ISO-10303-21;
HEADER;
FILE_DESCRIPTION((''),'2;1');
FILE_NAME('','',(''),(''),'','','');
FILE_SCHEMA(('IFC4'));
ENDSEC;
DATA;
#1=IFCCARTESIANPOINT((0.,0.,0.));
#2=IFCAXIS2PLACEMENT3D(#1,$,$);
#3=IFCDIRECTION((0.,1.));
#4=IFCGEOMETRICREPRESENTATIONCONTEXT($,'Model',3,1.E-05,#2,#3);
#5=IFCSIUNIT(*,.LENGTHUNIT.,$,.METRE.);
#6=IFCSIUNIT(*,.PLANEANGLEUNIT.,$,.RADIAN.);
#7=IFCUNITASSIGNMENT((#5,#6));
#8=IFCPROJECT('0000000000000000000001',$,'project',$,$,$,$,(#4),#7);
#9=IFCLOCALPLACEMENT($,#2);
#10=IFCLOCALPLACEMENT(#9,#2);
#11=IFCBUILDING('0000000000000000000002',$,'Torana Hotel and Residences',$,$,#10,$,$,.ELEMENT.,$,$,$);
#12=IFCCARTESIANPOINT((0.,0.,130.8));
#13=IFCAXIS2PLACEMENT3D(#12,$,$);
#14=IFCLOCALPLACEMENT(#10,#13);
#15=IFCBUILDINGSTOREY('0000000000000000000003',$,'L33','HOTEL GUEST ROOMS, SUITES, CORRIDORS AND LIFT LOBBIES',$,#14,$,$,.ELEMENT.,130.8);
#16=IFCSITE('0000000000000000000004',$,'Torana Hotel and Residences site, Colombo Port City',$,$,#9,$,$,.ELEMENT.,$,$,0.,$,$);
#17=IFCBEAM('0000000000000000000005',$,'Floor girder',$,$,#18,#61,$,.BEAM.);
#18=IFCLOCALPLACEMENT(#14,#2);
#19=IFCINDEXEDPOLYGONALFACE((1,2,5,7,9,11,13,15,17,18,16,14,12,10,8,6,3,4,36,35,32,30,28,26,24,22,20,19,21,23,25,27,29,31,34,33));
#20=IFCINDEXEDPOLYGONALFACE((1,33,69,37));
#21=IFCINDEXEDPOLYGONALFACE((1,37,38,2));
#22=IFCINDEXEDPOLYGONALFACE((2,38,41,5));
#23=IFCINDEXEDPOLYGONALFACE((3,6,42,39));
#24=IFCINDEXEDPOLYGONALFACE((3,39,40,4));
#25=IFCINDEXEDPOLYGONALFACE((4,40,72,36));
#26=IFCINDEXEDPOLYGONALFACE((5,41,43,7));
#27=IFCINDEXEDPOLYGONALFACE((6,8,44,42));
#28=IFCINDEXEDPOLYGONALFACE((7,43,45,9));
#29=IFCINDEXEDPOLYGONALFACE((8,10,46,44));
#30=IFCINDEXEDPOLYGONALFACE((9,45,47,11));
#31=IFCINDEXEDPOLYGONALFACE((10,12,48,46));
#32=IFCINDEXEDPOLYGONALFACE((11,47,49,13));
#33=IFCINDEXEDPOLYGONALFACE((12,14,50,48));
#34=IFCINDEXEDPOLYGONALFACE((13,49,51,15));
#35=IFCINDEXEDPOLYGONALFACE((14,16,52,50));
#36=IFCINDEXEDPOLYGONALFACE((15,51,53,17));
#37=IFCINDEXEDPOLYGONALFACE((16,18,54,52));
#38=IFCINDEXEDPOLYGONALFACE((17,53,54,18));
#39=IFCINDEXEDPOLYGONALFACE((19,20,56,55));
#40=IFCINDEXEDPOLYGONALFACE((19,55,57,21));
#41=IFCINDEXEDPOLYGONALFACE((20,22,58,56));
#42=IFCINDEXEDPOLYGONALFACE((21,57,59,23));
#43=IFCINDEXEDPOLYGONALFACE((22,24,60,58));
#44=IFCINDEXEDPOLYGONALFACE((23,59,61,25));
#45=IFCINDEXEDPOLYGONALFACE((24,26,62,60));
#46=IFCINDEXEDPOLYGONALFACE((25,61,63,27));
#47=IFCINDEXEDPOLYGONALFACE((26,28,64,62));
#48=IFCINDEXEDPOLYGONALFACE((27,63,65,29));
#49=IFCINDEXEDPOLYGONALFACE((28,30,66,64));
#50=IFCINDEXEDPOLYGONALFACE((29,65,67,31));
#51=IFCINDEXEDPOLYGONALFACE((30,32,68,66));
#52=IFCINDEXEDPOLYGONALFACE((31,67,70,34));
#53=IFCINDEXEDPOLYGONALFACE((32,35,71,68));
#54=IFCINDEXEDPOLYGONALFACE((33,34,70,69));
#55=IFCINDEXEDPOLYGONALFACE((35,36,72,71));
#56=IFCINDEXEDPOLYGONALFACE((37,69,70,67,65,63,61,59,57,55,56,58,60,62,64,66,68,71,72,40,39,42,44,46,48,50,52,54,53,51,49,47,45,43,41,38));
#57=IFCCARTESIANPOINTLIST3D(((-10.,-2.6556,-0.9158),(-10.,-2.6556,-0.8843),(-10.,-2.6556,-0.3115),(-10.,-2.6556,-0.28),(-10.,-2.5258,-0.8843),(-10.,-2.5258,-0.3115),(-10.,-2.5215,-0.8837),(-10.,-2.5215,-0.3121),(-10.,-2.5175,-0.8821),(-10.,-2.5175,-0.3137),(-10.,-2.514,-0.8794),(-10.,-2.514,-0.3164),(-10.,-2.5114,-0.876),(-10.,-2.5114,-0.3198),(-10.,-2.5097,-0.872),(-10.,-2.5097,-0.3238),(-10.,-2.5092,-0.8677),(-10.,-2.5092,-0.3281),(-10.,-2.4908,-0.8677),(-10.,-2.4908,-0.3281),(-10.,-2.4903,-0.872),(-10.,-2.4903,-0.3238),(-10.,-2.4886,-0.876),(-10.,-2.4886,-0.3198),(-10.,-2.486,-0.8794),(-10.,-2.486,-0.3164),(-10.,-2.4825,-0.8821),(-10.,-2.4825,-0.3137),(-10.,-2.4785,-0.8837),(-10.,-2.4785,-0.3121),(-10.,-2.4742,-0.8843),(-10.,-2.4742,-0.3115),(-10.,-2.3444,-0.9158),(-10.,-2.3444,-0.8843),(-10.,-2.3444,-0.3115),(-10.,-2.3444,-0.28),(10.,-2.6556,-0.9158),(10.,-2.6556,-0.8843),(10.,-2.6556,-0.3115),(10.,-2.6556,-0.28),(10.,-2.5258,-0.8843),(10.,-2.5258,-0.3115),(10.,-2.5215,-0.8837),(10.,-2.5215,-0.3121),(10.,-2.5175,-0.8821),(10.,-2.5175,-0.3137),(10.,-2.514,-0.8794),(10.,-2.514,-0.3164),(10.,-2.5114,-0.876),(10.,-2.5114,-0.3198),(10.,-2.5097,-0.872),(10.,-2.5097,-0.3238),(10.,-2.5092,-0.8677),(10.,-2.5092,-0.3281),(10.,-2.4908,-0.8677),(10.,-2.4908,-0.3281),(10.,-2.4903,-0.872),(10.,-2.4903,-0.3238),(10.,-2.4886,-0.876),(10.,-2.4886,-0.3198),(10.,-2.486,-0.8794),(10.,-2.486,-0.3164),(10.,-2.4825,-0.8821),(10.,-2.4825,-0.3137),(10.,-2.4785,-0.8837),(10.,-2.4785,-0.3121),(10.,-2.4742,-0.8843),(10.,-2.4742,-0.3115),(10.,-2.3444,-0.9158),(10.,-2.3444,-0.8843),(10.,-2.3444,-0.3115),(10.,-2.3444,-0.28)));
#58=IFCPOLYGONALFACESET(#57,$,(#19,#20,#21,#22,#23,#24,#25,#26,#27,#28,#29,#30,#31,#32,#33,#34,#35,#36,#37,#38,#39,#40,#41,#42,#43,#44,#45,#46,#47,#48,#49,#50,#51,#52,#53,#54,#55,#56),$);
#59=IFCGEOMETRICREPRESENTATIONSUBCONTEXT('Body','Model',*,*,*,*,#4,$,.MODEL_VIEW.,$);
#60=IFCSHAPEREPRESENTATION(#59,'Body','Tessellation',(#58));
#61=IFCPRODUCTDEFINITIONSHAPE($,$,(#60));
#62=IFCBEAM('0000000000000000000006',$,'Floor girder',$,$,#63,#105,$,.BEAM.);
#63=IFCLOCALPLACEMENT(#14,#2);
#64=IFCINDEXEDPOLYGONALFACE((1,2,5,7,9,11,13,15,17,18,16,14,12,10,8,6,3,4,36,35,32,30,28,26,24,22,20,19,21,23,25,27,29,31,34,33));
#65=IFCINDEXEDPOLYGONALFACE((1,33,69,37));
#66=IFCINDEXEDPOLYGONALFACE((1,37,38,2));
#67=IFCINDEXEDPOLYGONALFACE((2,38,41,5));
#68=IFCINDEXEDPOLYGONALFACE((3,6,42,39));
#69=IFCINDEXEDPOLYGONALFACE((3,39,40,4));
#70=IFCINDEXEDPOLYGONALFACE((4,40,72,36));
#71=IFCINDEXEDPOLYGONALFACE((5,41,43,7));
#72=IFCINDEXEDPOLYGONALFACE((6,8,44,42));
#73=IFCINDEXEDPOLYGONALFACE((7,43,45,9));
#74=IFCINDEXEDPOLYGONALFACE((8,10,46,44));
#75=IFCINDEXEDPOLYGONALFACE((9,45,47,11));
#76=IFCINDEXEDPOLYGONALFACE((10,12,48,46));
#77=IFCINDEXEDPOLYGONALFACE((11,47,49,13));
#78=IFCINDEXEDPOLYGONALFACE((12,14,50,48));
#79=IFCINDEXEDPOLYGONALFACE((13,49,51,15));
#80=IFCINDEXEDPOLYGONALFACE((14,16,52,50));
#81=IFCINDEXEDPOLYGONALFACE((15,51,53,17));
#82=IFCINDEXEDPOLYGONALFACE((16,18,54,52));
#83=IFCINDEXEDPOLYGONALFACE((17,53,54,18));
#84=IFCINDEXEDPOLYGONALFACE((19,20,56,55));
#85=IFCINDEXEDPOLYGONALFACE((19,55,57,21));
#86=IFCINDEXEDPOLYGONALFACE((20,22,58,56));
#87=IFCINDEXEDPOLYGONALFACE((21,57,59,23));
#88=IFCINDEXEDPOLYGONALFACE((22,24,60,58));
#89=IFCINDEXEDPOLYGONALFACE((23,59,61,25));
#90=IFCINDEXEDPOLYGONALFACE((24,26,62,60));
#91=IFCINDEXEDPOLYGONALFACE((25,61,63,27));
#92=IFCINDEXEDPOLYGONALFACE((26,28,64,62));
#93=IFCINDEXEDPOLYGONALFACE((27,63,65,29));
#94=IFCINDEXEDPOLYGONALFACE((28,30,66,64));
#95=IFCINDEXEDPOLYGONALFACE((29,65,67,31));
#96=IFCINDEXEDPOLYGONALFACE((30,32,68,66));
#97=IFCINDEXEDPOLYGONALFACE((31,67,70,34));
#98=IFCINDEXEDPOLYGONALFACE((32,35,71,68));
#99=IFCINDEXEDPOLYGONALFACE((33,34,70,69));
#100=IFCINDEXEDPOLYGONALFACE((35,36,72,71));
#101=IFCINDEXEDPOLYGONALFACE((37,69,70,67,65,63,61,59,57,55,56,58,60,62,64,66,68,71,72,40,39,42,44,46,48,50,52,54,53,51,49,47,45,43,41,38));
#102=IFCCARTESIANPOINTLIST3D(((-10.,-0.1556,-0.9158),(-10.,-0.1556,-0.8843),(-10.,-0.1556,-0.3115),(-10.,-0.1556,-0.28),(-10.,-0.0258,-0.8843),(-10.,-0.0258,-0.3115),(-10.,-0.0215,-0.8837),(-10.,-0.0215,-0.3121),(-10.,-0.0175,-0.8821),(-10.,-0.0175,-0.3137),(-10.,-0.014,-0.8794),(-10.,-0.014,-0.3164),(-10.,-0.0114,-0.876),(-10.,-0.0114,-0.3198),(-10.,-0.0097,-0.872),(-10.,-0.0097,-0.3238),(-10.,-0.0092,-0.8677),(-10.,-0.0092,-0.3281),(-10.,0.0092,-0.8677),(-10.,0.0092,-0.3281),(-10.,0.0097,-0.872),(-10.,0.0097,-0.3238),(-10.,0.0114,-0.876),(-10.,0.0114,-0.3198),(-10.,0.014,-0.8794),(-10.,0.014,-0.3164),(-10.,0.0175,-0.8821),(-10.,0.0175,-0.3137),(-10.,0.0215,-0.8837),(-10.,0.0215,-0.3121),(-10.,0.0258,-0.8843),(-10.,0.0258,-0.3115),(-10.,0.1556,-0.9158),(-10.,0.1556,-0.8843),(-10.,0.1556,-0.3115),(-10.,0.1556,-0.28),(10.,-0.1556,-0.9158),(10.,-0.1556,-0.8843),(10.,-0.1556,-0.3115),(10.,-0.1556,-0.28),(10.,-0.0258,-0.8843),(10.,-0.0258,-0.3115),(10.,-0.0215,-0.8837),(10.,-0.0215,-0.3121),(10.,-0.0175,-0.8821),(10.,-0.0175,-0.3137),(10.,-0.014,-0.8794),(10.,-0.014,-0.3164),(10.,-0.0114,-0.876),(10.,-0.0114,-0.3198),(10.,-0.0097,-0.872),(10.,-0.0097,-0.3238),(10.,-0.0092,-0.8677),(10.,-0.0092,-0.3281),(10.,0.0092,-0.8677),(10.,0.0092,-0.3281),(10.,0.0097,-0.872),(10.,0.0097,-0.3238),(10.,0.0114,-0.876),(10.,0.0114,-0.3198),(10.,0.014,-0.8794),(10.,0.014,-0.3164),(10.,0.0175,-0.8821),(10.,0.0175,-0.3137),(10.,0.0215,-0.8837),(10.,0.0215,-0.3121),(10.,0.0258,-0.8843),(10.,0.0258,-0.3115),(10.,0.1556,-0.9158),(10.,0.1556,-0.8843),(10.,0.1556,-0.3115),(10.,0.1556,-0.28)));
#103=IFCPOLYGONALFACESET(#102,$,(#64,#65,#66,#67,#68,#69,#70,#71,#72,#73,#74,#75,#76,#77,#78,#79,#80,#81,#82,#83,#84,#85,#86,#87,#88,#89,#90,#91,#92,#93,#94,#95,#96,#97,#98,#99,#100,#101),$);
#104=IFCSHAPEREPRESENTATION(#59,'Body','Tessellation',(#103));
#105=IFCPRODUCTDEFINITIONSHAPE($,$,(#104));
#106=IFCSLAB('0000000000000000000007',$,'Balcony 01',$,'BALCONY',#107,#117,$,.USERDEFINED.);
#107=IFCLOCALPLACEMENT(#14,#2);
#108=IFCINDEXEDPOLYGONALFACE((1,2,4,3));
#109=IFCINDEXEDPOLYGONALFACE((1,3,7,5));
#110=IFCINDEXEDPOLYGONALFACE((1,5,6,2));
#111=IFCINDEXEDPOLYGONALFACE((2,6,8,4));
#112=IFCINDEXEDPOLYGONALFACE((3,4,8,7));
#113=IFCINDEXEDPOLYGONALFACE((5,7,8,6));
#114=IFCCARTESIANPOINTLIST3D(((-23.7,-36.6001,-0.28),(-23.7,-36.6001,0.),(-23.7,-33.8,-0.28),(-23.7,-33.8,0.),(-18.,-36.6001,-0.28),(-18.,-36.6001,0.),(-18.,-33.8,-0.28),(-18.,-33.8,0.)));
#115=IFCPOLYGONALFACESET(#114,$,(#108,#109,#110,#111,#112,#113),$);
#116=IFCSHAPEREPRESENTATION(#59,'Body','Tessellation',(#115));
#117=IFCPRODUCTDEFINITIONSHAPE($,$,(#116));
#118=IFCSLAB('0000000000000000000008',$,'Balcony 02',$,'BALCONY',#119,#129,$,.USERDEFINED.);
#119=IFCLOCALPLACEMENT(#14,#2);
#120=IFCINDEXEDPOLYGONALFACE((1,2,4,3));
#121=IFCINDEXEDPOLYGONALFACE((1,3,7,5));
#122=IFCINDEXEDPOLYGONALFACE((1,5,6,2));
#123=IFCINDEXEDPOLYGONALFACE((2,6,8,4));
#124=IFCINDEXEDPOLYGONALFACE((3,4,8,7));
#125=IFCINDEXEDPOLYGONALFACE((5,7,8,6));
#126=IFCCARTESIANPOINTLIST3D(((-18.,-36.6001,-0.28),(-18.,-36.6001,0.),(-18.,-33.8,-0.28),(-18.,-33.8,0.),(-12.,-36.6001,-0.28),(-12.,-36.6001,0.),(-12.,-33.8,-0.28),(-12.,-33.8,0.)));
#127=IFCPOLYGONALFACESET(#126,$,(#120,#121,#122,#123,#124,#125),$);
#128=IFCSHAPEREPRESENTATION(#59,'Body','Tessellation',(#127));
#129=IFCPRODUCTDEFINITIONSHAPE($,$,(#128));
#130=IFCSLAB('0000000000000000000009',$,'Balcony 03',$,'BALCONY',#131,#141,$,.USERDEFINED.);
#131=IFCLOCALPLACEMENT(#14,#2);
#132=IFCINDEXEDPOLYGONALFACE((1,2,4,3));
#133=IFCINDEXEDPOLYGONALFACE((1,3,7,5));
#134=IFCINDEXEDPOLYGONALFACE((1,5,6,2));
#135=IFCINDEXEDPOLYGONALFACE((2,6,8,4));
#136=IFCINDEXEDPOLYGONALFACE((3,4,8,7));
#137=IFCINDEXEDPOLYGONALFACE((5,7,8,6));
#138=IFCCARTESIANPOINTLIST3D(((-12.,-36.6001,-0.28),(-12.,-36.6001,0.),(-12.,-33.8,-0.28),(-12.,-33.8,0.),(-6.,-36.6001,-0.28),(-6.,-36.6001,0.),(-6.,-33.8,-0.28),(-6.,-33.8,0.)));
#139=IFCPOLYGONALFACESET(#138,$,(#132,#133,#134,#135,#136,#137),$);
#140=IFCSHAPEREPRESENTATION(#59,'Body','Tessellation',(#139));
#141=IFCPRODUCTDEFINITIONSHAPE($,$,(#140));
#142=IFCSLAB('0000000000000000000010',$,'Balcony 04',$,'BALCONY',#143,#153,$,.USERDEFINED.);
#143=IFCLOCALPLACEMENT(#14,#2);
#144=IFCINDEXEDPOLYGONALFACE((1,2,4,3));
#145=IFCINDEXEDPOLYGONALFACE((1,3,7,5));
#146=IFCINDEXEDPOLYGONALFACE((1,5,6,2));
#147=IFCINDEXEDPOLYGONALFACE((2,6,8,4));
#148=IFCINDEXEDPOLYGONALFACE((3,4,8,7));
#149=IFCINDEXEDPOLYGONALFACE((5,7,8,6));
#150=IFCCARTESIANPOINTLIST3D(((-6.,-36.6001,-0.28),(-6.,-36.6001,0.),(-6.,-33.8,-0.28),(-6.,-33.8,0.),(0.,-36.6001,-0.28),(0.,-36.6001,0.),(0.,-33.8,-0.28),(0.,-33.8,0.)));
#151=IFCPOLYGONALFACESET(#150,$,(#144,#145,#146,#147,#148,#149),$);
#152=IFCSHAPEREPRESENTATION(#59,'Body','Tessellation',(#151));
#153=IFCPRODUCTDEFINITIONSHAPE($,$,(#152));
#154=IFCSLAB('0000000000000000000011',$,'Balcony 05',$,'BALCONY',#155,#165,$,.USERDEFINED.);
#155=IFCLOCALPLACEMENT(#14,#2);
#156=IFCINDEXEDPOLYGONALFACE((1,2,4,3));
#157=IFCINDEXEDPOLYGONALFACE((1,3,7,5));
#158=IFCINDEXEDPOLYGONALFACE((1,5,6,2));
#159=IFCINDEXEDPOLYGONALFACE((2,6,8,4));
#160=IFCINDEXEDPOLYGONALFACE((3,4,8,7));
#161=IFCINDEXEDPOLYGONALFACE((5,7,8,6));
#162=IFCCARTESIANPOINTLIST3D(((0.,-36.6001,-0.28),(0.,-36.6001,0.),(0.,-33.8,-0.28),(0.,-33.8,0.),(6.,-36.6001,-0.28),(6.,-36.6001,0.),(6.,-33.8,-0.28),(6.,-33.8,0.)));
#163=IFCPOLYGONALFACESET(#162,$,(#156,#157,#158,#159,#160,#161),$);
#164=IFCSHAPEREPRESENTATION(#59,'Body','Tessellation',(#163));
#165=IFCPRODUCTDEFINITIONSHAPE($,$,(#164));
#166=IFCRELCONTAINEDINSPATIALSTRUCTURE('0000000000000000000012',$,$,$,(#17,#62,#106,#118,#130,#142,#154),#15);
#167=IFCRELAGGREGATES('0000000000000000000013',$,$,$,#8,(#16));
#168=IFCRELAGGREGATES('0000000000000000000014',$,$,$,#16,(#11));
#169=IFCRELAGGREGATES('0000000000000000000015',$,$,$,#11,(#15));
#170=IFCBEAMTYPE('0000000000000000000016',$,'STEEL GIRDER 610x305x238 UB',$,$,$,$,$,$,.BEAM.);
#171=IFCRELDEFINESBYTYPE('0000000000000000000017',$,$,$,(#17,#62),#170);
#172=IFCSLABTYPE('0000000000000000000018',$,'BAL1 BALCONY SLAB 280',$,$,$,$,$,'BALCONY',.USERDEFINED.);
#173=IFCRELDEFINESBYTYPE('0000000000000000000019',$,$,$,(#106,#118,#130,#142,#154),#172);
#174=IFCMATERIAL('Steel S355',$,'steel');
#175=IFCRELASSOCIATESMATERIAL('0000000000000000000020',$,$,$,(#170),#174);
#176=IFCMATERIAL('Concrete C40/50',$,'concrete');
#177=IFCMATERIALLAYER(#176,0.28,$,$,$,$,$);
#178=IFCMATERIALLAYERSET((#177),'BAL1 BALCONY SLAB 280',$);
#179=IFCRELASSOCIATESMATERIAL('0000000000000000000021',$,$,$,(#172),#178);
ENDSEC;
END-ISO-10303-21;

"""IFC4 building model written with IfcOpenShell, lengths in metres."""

from ifc_helpers import new_model, si_unit, direction, frame, origin, origin_2d, place, context, subcontext, project, spatial, polyline, i_section, outline, extrude, material, layer, layer_set, material_profile, profile_set, type_object, element, save


model = new_model("IFC4")

# Units and contexts
model_context = context("Model", 3, precision=1e-05, world=origin(), true_north=direction((0.0, 1.0)))
body_context = subcontext(model_context, "Body", "Model", "MODEL_VIEW")
ifc_project = project(units=[si_unit("LENGTHUNIT", "METRE"), si_unit("PLANEANGLEUNIT", "RADIAN")], contexts=[model_context])

# Site, building, storey
site_placement = place(None, origin())
site = spatial("IfcSite", under=ifc_project, at=site_placement, Name="Torana Hotel and Residences site, Colombo Port City", CompositionType="ELEMENT", RefElevation=0.0)
building_placement = place(site_placement, origin())
building = spatial("IfcBuilding", under=site, at=building_placement, Name="Torana Hotel and Residences", CompositionType="ELEMENT")
storey_placement = place(building_placement, frame((0.0, 0.0, 130.8)))
storey = spatial("IfcBuildingStorey", under=building, at=storey_placement, Name="L33", Description="HOTEL GUEST ROOMS, SUITES, CORRIDORS AND LIFT LOBBIES", CompositionType="ELEMENT", Elevation=130.8)

# Beams
ifc_material_1 = material(Name="Steel S355", Category="steel")
ifc_material_profile = material_profile(ifc_material_1, i_section(OverallWidth=0.3113, OverallDepth=0.6357, WebThickness=0.0183, FlangeThickness=0.0315, FilletRadius=0.0166, at=origin_2d()), Name="610x305x238 UB")
ifc_profile_set = profile_set([ifc_material_profile], Name="Steel S355")
beam_type = type_object("IfcBeamType", Name="STEEL GIRDER 610x305x238 UB", PredefinedType="BEAM", material=ifc_profile_set)
for number, where, z_axis, x_axis, name in (
    (1, (-10.0, -2.5, -0.5979), (1.0, 0.0, 0.0), (0.0, 1.0, 0.0), "Floor girder"),
    (2, (-10.0, 0.0, -0.5979), (1.0, 0.0, 0.0), (0.0, 1.0, 0.0), "Floor girder"),
):
    element("IfcBeam", number, at=place(storey_placement, frame(where, z_axis=z_axis, x_axis=x_axis)), inside=storey, type_object=beam_type, Name=name, PredefinedType="BEAM", context=body_context, shape_type="SweptSolid", body=[
        extrude(i_section(OverallWidth=0.3113, OverallDepth=0.6357, WebThickness=0.0183, FlangeThickness=0.0315, FilletRadius=0.0166, at=origin_2d()), origin(), (0.0, 0.0, 1.0), 20.0),
    ])

# Slabs
ifc_material_2 = material(Name="Concrete C40/50", Category="concrete")
ifc_layer_1 = layer(ifc_material_2, 0.28)
ifc_layer_set_1 = layer_set([ifc_layer_1], Name="BAL1 BALCONY SLAB 280")
slab_type_1 = type_object("IfcSlabType", Name="BAL1 BALCONY SLAB 280", ElementType="BALCONY", PredefinedType="USERDEFINED", material=ifc_layer_set_1)
slab_1_placement = place(storey_placement, frame((0.0, 0.0, -0.28)))
element("IfcSlab", 3, at=slab_1_placement, inside=storey, type_object=slab_type_1, Name="Balcony 01", ObjectType="BALCONY", PredefinedType="USERDEFINED", context=body_context, shape_type="SweptSolid", body=[
    extrude(outline(polyline([(-23.7, -36.6001), (-18.0, -36.6001), (-18.0, -33.8), (-23.7, -33.8), (-23.7, -36.6001)])), origin(), (0.0, 0.0, 1.0), 0.28),
])
slab_2_placement = place(storey_placement, frame((0.0, 0.0, -0.28)))
element("IfcSlab", 4, at=slab_2_placement, inside=storey, type_object=slab_type_1, Name="Balcony 02", ObjectType="BALCONY", PredefinedType="USERDEFINED", context=body_context, shape_type="SweptSolid", body=[
    extrude(outline(polyline([(-18.0, -36.6001), (-12.0, -36.6001), (-12.0, -33.8), (-18.0, -33.8), (-18.0, -36.6001)])), origin(), (0.0, 0.0, 1.0), 0.28),
])
slab_3_placement = place(storey_placement, frame((0.0, 0.0, -0.28)))
element("IfcSlab", 5, at=slab_3_placement, inside=storey, type_object=slab_type_1, Name="Balcony 03", ObjectType="BALCONY", PredefinedType="USERDEFINED", context=body_context, shape_type="SweptSolid", body=[
    extrude(outline(polyline([(-12.0, -36.6001), (-6.0, -36.6001), (-6.0, -33.8), (-12.0, -33.8), (-12.0, -36.6001)])), origin(), (0.0, 0.0, 1.0), 0.28),
])
slab_4_placement = place(storey_placement, frame((0.0, 0.0, -0.28)))
element("IfcSlab", 6, at=slab_4_placement, inside=storey, type_object=slab_type_1, Name="Balcony 04", ObjectType="BALCONY", PredefinedType="USERDEFINED", context=body_context, shape_type="SweptSolid", body=[
    extrude(outline(polyline([(-6.0, -36.6001), (0.0, -36.6001), (0.0, -33.8), (-6.0, -33.8), (-6.0, -36.6001)])), origin(), (0.0, 0.0, 1.0), 0.28),
])
slab_5_placement = place(storey_placement, frame((0.0, 0.0, -0.28)))
element("IfcSlab", 7, at=slab_5_placement, inside=storey, type_object=slab_type_1, Name="Balcony 05", ObjectType="BALCONY", PredefinedType="USERDEFINED", context=body_context, shape_type="SweptSolid", body=[
    extrude(outline(polyline([(0.0, -36.6001), (6.0, -36.6001), (6.0, -33.8), (0.0, -33.8), (0.0, -36.6001)])), origin(), (0.0, 0.0, 1.0), 0.28),
])

save(model, "model.ifc")
